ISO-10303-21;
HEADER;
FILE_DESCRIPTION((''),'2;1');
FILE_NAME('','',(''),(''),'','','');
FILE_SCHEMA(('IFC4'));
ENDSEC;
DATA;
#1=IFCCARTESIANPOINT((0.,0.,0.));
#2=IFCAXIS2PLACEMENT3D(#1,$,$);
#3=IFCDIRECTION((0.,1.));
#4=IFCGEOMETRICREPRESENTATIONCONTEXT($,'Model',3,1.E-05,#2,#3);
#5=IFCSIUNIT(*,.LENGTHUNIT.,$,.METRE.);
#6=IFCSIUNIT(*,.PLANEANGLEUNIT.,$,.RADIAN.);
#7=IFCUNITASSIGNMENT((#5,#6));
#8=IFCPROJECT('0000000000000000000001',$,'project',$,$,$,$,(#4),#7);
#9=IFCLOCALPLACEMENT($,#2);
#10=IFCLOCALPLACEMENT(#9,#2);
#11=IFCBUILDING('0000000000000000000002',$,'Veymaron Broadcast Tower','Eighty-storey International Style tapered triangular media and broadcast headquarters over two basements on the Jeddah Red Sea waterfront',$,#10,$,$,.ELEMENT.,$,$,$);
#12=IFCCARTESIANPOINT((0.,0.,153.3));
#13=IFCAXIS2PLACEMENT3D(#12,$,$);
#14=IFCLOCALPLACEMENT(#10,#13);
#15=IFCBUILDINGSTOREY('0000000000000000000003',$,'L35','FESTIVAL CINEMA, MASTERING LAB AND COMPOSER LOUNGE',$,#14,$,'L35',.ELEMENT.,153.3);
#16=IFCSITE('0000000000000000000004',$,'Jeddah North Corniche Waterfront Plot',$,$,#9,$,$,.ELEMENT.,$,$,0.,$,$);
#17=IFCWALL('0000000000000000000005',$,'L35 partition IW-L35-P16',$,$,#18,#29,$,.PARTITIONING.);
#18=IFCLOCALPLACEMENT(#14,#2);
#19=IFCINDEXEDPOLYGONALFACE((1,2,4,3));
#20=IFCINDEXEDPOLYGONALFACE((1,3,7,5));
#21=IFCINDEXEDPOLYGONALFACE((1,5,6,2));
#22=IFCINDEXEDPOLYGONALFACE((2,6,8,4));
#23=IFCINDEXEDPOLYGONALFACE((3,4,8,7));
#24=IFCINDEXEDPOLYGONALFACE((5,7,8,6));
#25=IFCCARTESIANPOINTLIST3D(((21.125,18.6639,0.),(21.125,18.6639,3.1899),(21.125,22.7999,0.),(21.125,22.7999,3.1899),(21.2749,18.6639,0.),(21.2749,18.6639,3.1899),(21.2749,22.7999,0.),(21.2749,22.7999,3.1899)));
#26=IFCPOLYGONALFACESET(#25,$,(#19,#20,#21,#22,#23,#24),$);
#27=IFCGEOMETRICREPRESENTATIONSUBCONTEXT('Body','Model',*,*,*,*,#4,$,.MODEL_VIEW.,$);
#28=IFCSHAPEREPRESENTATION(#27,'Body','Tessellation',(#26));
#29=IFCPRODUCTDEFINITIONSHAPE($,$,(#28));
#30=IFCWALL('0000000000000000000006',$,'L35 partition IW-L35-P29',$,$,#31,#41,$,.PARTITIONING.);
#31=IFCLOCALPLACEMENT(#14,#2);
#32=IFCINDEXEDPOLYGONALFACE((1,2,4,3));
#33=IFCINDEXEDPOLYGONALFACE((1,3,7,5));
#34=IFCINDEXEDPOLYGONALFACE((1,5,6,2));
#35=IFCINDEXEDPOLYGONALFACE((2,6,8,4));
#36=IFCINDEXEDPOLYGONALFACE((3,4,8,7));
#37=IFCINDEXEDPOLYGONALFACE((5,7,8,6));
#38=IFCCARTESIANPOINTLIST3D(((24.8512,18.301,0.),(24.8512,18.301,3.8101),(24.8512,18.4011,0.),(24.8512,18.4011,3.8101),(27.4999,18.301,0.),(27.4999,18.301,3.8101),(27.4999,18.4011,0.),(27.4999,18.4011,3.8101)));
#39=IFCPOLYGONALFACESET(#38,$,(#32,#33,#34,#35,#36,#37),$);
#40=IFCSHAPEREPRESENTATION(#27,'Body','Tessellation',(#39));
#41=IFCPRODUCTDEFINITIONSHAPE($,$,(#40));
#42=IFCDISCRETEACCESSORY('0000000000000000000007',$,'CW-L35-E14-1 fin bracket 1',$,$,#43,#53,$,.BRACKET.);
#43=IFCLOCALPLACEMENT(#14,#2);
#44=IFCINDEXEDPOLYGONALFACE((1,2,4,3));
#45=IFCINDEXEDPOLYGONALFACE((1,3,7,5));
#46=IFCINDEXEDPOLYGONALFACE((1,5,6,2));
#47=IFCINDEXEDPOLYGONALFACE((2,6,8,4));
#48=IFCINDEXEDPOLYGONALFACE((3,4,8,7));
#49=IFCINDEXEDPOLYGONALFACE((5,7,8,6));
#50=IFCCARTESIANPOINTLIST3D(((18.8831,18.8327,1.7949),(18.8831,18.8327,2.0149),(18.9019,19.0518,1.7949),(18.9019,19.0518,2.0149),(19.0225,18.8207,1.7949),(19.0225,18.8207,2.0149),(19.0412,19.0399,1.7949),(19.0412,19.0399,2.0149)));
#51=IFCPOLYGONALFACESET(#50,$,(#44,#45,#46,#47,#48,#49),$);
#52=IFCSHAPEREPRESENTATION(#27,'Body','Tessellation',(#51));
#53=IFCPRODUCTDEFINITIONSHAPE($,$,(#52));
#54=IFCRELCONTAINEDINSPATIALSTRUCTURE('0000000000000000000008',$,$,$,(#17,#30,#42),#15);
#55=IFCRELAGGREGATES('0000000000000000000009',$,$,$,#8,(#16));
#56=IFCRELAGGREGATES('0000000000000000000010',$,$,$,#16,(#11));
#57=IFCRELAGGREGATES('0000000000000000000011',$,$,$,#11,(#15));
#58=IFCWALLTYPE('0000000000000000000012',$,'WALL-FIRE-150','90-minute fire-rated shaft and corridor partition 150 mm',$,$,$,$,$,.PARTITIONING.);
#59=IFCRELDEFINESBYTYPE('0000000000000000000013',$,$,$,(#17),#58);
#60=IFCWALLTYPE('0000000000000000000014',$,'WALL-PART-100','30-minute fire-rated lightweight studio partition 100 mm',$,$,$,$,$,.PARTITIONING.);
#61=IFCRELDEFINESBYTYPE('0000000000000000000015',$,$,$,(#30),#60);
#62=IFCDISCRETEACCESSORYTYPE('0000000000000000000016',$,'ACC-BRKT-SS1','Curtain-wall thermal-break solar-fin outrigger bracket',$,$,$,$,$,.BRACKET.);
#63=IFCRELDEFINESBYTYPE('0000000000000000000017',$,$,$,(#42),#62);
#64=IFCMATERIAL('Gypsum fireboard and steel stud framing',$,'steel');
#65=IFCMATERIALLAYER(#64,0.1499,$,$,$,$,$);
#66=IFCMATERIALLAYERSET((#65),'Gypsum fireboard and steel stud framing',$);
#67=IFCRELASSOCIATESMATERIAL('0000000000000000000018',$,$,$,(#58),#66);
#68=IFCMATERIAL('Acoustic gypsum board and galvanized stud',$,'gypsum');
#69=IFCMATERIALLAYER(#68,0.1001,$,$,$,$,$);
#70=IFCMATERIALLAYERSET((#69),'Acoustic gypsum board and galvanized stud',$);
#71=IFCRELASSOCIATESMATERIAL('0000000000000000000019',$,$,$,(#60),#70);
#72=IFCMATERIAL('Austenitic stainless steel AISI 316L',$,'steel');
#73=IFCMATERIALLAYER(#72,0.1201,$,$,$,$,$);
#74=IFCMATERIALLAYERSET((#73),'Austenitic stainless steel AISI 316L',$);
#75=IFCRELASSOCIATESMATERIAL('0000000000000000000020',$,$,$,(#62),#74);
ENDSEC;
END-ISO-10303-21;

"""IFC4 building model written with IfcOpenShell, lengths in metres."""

from ifc_helpers import new_model, si_unit, direction, frame, frame_2d, origin, origin_2d, place, context, subcontext, project, spatial, rectangle, extrude, material, layer, layer_set, type_object, element, save


model = new_model("IFC4")

# Units and contexts
model_context = context("Model", 3, precision=1e-05, world=origin(), true_north=direction((0.0, 1.0)))
body_context = subcontext(model_context, "Body", "Model", "MODEL_VIEW")
ifc_project = project(units=[si_unit("LENGTHUNIT", "METRE"), si_unit("PLANEANGLEUNIT", "RADIAN")], contexts=[model_context])

# Site, building, storey
site_placement = place(None, origin())
site = spatial("IfcSite", under=ifc_project, at=site_placement, Name="Jeddah North Corniche Waterfront Plot", CompositionType="ELEMENT", RefElevation=0.0)
building_placement = place(site_placement, origin())
building = spatial("IfcBuilding", under=site, at=building_placement, Name="Veymaron Broadcast Tower", Description="Eighty-storey International Style tapered triangular media and broadcast headquarters over two basements on the Jeddah Red Sea waterfront", CompositionType="ELEMENT")
storey_placement = place(building_placement, frame((0.0, 0.0, 153.3)))
storey = spatial("IfcBuildingStorey", under=building, at=storey_placement, Name="L35", Description="FESTIVAL CINEMA, MASTERING LAB AND COMPOSER LOUNGE", LongName="L35", CompositionType="ELEMENT", Elevation=153.3)

# Walls
ifc_material_1 = material(Name="Gypsum fireboard and steel stud framing", Category="steel")
ifc_layer_1 = layer(ifc_material_1, 0.1499)
ifc_layer_set_1 = layer_set([ifc_layer_1], Name="Gypsum fireboard and steel stud framing")
wall_type_1 = type_object("IfcWallType", Name="WALL-FIRE-150", Description="90-minute fire-rated shaft and corridor partition 150 mm", PredefinedType="PARTITIONING", material=ifc_layer_set_1)
wall_1_placement = place(storey_placement, frame((21.2, 18.6641, 0.0), z_axis=(0.0, 0.0, 1.0), x_axis=(0.0, 1.0, 0.0)))
element("IfcWall", 1, at=wall_1_placement, inside=storey, type_object=wall_type_1, Name="L35 partition IW-L35-P16", PredefinedType="PARTITIONING", context=body_context, shape_type="SweptSolid", body=[
    extrude(rectangle(XDim=4.136, YDim=0.1499, at=frame_2d((2.0679, 0.0))), origin(), (0.0, 0.0, 1.0), 3.1899),
])
ifc_material_2 = material(Name="Acoustic gypsum board and galvanized stud", Category="gypsum")
ifc_layer_2 = layer(ifc_material_2, 0.1001)
ifc_layer_set_2 = layer_set([ifc_layer_2], Name="Acoustic gypsum board and galvanized stud")
wall_type_2 = type_object("IfcWallType", Name="WALL-PART-100", Description="30-minute fire-rated lightweight studio partition 100 mm", PredefinedType="PARTITIONING", material=ifc_layer_set_2)
wall_2_placement = place(storey_placement, frame((24.8513, 18.3511, 0.0), z_axis=(0.0, 0.0, 1.0), x_axis=(1.0, 0.0, 0.0)))
element("IfcWall", 2, at=wall_2_placement, inside=storey, type_object=wall_type_2, Name="L35 partition IW-L35-P29", PredefinedType="PARTITIONING", context=body_context, shape_type="SweptSolid", body=[
    extrude(rectangle(XDim=2.6487, YDim=0.1001, at=frame_2d((1.3242, 0.0))), origin(), (0.0, 0.0, 1.0), 3.8101),
])

# Discrete accessory
ifc_material_3 = material(Name="Austenitic stainless steel AISI 316L", Category="steel")
ifc_layer_3 = layer(ifc_material_3, 0.1201)
ifc_layer_set_3 = layer_set([ifc_layer_3], Name="Austenitic stainless steel AISI 316L")
discrete_accessory_type = type_object("IfcDiscreteAccessoryType", Name="ACC-BRKT-SS1", Description="Curtain-wall thermal-break solar-fin outrigger bracket", PredefinedType="BRACKET", material=ifc_layer_set_3)
discrete_accessory_placement = place(storey_placement, frame((18.9622, 18.9363, 1.7949), z_axis=(0.0, 0.0, 1.0), x_axis=(-0.085452, -0.996342, 0.0)))
element("IfcDiscreteAccessory", 3, at=discrete_accessory_placement, inside=storey, type_object=discrete_accessory_type, Name="CW-L35-E14-1 fin bracket 1", PredefinedType="BRACKET", context=body_context, shape_type="SweptSolid", body=[
    extrude(rectangle(XDim=0.22, YDim=0.1399, at=origin_2d()), origin(), (0.0, 0.0, 1.0), 0.22),
])

save(model, "model.ifc")
